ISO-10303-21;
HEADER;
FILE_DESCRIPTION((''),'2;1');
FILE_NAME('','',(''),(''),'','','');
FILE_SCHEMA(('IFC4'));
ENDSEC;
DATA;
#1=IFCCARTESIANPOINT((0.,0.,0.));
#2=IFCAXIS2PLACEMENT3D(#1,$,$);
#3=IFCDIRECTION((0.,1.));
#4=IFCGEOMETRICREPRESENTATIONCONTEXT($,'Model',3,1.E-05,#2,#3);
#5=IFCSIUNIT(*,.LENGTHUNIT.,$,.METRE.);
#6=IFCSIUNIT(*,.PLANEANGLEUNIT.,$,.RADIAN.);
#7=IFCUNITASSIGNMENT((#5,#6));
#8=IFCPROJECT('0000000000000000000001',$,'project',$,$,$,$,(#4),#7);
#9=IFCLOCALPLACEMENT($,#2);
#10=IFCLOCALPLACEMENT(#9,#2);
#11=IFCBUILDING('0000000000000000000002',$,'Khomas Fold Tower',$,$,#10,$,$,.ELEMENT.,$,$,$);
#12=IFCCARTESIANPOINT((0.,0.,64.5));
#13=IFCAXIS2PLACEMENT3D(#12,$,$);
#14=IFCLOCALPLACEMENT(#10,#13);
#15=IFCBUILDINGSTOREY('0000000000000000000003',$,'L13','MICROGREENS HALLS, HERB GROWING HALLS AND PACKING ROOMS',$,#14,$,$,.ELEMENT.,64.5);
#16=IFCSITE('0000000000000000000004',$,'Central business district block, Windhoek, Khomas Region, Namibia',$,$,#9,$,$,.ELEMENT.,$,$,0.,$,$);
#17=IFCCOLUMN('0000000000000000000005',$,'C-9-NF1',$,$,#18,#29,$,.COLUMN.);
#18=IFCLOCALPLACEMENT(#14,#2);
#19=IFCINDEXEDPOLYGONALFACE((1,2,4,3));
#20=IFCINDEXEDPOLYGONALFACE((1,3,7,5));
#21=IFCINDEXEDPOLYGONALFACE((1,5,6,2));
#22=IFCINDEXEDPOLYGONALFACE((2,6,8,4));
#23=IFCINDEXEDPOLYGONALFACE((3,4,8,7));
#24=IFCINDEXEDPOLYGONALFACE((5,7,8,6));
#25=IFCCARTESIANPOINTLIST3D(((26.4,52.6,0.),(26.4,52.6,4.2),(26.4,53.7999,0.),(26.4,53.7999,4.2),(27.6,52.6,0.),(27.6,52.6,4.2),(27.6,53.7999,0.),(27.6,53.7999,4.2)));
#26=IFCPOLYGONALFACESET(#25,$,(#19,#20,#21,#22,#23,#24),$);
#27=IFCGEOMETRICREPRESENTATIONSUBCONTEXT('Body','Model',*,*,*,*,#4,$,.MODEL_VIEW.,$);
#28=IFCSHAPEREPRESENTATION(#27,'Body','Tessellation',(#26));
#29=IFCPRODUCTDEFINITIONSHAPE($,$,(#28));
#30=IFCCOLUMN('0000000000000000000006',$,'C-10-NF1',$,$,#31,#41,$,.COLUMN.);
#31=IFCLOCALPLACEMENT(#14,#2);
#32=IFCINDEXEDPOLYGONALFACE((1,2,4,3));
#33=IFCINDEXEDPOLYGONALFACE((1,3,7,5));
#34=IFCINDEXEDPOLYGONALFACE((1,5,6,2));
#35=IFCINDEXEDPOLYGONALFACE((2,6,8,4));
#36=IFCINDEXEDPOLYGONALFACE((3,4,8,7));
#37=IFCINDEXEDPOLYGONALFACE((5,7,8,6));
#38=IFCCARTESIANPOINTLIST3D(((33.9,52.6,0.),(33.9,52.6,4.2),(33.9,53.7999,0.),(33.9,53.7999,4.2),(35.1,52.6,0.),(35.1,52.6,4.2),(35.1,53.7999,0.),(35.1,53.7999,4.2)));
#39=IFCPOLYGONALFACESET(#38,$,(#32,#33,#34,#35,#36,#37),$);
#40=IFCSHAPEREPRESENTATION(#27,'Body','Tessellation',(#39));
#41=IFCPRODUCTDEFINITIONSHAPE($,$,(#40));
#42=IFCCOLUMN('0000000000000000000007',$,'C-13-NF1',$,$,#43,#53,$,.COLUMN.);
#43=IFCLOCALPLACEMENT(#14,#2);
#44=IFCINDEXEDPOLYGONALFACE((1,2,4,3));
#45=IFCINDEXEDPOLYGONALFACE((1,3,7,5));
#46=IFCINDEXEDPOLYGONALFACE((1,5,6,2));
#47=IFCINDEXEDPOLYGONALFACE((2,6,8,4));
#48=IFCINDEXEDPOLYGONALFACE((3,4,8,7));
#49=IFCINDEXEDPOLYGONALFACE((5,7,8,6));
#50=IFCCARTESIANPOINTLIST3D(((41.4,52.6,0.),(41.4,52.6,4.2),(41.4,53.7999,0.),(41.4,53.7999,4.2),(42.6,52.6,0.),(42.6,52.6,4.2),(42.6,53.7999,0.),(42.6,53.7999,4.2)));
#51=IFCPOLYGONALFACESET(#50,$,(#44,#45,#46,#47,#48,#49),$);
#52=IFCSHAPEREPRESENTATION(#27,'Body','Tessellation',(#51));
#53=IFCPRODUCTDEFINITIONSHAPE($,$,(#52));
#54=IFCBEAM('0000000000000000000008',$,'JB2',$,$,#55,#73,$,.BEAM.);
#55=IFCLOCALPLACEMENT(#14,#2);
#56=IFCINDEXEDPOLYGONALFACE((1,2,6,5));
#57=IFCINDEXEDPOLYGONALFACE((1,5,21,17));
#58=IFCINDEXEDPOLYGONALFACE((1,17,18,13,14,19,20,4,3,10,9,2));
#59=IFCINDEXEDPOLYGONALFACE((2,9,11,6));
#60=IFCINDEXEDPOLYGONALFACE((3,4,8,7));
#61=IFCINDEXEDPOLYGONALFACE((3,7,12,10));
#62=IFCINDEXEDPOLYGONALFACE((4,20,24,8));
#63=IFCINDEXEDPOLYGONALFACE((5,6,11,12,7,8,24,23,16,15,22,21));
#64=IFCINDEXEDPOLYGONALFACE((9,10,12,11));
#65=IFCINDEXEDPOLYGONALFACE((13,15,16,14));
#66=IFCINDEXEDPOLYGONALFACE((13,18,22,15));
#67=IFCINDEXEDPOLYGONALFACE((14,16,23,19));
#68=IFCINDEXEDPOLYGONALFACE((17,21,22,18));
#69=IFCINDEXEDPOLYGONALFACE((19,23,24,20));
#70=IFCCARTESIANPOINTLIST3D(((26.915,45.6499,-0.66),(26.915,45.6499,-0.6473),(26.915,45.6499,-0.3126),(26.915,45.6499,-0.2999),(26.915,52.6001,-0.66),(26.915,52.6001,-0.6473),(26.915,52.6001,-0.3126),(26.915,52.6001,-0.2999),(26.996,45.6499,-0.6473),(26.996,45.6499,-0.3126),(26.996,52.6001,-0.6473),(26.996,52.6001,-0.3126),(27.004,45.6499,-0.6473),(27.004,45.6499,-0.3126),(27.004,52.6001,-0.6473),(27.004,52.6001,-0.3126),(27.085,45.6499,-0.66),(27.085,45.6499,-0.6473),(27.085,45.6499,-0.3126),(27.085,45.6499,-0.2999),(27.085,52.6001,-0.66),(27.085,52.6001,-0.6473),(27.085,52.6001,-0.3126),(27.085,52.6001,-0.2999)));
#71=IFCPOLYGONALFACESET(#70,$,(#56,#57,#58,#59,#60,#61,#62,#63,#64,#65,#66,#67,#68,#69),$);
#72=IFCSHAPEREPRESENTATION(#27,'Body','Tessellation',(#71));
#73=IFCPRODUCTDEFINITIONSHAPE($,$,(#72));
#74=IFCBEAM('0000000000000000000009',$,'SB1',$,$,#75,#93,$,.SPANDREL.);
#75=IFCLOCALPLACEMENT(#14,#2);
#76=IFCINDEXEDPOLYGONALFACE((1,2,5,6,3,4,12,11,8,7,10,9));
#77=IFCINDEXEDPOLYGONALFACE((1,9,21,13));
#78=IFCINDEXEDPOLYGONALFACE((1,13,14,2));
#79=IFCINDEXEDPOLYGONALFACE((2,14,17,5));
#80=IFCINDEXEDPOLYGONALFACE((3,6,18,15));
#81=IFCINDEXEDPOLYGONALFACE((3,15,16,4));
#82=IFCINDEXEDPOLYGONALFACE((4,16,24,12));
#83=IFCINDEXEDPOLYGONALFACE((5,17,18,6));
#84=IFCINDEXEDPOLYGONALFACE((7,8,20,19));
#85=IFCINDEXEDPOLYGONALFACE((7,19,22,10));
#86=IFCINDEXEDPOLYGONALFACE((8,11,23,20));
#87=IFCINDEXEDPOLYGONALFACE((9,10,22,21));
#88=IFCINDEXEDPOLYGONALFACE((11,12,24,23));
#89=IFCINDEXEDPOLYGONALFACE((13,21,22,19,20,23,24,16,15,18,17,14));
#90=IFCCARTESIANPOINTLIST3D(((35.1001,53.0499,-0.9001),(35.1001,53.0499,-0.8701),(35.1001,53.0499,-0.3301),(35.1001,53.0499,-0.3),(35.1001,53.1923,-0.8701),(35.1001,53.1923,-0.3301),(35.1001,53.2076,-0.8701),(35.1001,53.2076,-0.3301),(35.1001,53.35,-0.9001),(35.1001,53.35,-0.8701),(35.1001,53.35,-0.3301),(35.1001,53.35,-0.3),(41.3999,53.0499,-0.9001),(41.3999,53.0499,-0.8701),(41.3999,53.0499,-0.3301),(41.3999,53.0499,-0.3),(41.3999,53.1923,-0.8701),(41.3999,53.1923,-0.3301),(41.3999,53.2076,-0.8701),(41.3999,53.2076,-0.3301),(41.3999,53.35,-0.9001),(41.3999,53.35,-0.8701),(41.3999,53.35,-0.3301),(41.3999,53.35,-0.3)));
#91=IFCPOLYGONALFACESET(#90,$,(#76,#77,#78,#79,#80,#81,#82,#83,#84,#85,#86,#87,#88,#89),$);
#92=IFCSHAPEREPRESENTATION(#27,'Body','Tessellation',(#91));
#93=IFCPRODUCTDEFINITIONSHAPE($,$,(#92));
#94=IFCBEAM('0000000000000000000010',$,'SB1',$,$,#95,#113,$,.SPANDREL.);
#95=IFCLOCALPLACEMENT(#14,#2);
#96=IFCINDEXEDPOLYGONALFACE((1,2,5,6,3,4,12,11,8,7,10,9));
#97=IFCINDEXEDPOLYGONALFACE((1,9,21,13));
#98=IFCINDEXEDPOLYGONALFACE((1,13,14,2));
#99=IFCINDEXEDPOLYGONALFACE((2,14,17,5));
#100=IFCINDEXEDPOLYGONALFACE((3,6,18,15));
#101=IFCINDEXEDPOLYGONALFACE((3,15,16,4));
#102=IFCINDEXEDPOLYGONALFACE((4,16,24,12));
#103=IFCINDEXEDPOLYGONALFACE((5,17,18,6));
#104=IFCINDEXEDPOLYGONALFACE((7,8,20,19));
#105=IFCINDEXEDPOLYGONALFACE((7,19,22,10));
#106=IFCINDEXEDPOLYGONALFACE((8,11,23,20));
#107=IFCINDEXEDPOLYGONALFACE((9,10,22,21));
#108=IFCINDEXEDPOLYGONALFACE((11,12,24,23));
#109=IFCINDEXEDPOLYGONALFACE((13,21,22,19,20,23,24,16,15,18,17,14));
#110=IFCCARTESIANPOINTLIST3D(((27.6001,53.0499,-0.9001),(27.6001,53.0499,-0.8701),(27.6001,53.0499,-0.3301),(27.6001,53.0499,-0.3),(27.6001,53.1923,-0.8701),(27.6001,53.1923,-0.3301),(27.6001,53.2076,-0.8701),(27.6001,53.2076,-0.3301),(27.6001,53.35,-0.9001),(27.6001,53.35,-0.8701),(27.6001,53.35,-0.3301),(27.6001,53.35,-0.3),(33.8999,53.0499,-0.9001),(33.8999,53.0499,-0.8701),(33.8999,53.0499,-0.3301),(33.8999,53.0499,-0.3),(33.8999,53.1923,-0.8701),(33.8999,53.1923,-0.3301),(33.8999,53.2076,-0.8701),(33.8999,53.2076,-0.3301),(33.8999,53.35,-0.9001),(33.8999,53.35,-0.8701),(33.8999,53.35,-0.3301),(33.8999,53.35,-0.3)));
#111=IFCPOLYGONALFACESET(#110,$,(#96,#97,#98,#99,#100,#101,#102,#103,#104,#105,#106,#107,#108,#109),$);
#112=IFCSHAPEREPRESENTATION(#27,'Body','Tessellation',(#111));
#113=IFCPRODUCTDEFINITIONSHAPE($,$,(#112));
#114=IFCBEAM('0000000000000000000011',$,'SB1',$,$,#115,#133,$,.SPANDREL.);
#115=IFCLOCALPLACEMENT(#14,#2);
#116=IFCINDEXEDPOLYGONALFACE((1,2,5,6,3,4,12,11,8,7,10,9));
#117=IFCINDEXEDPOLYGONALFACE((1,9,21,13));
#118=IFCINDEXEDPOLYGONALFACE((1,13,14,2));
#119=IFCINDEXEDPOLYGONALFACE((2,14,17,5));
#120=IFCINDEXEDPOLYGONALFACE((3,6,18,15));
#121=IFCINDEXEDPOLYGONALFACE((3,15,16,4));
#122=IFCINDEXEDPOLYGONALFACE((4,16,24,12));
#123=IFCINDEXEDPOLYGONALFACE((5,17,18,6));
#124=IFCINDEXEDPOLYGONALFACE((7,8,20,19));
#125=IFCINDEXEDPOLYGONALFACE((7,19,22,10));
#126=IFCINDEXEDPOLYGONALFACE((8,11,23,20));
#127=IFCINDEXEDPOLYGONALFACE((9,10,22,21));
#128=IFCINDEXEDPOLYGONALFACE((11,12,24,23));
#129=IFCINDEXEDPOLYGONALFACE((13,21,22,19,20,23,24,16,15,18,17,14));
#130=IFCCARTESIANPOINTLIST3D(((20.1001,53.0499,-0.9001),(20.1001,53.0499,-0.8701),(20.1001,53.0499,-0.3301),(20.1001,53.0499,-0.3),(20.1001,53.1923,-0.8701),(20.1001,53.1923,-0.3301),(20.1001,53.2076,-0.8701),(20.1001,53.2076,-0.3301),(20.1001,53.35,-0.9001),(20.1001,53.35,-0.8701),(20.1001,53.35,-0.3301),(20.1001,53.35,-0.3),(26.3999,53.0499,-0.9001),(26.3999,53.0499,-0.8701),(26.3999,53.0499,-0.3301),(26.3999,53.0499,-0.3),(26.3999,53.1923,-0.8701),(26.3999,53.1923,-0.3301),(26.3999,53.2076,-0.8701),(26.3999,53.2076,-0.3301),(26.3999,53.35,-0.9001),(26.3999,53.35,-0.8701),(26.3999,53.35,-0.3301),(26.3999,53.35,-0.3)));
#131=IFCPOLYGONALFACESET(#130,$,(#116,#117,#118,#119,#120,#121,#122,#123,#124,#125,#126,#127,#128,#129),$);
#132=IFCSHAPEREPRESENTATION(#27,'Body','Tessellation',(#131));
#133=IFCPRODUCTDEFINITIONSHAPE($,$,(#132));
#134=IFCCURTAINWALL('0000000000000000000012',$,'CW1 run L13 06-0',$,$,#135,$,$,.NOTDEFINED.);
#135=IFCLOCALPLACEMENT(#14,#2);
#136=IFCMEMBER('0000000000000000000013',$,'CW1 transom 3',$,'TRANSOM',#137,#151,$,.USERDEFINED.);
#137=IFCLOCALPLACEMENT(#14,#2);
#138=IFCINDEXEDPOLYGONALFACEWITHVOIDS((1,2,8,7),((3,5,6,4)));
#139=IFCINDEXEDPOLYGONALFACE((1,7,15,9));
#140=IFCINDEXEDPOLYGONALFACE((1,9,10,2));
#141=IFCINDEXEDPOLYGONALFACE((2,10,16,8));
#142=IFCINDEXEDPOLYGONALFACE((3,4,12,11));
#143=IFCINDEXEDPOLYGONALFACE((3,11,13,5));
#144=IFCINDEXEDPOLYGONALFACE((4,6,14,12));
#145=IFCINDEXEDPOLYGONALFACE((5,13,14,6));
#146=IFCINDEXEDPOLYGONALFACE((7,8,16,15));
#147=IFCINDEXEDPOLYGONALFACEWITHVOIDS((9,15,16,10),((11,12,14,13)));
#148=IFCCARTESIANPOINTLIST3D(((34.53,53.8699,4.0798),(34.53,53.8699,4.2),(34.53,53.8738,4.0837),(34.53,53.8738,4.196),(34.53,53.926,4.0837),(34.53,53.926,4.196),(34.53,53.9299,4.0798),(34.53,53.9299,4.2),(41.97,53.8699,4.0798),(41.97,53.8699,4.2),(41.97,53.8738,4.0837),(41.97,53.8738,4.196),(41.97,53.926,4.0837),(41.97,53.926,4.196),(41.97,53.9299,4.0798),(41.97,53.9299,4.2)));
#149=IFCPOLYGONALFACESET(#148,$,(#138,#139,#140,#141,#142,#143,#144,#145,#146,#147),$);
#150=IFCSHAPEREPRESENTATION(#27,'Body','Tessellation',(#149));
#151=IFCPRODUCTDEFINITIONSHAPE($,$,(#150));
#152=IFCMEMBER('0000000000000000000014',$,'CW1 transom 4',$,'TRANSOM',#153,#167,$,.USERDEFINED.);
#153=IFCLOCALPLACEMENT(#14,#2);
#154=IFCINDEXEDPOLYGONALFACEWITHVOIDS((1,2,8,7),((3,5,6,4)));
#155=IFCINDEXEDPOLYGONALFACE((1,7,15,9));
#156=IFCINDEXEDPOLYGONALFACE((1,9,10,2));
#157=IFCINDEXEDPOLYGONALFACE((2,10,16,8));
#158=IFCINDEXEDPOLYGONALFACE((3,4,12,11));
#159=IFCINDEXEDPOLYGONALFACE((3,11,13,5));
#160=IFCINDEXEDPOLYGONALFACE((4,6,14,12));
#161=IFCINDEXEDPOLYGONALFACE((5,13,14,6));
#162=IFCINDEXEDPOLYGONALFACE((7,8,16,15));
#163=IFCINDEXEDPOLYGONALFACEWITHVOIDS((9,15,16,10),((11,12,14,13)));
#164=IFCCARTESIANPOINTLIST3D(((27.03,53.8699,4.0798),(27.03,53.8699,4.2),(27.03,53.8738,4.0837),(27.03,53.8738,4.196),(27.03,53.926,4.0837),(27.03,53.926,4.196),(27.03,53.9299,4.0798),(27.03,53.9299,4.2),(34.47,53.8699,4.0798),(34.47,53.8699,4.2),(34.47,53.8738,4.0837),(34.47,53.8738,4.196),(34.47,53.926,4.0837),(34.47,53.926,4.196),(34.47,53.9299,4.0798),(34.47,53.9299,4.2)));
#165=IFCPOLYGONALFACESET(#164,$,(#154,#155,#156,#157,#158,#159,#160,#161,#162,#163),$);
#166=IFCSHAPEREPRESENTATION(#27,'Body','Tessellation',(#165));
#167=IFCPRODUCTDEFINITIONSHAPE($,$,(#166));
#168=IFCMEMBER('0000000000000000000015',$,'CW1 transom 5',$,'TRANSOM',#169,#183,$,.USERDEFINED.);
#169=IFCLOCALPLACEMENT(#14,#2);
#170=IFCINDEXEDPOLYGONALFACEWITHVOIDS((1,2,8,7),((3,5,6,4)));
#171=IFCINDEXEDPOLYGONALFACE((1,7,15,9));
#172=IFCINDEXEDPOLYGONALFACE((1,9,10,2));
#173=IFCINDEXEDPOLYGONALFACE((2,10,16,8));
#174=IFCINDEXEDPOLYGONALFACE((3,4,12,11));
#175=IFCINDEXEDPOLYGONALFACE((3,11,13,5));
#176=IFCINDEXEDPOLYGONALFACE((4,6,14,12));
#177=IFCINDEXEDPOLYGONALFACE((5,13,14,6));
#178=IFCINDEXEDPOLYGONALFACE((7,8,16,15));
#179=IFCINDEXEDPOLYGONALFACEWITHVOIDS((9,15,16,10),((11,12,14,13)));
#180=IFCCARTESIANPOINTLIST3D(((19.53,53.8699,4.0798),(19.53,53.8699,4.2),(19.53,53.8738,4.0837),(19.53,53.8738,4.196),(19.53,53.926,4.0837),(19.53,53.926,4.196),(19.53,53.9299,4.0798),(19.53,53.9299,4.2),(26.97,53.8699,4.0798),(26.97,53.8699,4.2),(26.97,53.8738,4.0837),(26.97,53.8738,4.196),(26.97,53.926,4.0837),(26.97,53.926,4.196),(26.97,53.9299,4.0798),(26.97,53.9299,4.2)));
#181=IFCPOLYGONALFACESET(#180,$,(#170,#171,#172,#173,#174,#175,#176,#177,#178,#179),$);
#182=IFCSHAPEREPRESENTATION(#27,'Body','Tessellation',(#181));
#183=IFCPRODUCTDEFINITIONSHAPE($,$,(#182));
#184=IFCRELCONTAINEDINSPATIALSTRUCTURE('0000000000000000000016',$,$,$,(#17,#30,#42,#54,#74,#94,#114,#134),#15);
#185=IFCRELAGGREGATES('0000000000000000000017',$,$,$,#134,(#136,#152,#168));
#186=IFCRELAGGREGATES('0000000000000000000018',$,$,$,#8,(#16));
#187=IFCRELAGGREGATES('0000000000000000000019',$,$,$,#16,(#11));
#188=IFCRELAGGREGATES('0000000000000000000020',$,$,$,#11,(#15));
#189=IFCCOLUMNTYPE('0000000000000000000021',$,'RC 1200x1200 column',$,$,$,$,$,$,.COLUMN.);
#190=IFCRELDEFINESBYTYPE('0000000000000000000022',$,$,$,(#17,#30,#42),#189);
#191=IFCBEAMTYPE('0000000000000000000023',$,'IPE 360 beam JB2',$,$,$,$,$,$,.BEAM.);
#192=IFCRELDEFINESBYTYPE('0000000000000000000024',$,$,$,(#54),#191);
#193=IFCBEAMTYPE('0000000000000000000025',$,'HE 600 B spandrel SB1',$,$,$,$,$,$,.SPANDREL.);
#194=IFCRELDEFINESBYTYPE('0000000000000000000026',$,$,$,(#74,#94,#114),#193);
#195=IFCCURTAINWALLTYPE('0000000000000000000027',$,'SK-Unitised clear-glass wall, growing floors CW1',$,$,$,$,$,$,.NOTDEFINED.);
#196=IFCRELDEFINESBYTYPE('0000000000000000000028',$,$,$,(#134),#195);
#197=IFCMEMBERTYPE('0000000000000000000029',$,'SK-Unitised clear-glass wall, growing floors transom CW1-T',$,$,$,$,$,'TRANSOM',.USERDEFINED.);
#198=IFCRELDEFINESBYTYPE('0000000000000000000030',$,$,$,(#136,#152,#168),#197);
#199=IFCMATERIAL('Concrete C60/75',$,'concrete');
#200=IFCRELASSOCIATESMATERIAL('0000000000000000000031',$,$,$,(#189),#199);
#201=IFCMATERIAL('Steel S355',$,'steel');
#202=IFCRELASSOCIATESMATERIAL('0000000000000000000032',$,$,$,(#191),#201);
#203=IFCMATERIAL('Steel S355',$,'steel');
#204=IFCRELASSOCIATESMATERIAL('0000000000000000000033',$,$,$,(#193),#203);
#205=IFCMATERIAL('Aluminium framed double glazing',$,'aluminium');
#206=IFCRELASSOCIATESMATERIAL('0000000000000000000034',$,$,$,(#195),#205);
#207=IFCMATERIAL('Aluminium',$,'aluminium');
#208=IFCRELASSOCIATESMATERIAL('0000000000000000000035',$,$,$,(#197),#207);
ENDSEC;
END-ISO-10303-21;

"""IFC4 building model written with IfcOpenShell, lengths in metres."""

from ifc_helpers import new_model, si_unit, direction, frame, origin, origin_2d, place, context, subcontext, project, spatial, rectangle, hollow_rectangle, i_section, extrude, source, transform, mapped, material, material_profile, profile_set, type_object, element, aggregate, save


model = new_model("IFC4")

# Units and contexts
model_context = context("Model", 3, precision=1e-05, world=origin(), true_north=direction((0.0, 1.0)))
body_context = subcontext(model_context, "Body", "Model", "MODEL_VIEW")
ifc_project = project(units=[si_unit("LENGTHUNIT", "METRE"), si_unit("PLANEANGLEUNIT", "RADIAN")], contexts=[model_context])

# Site, building, storey
site_placement = place(None, origin())
site = spatial("IfcSite", under=ifc_project, at=site_placement, Name="Central business district block, Windhoek, Khomas Region, Namibia", CompositionType="ELEMENT", RefElevation=0.0)
building_placement = place(site_placement, origin())
building = spatial("IfcBuilding", under=site, at=building_placement, Name="Khomas Fold Tower", CompositionType="ELEMENT")
storey_placement = place(building_placement, frame((0.0, 0.0, 64.5)))
storey = spatial("IfcBuildingStorey", under=building, at=storey_placement, Name="L13", Description="MICROGREENS HALLS, HERB GROWING HALLS AND PACKING ROOMS", CompositionType="ELEMENT", Elevation=64.5)

# Columns
ifc_material_1 = material(Name="Concrete C60/75", Category="concrete")
ifc_material_profile_1 = material_profile(ifc_material_1, rectangle(XDim=1.2, YDim=1.2, at=origin_2d()), Name="RC 1200x1200")
ifc_profile_set_1 = profile_set([ifc_material_profile_1], Name="Concrete C60/75")
column_type = type_object("IfcColumnType", Name="RC 1200x1200 column", PredefinedType="COLUMN", material=ifc_profile_set_1)
shared_shape_1 = source(origin(), body_context, "Body", "SweptSolid", [
    extrude(rectangle(XDim=1.2, YDim=1.2, at=origin_2d()), origin(), (0.0, 0.0, 1.0), 4.2),
])
for number, where, z_axis, x_axis, name in (
    (1, (27.0, 53.2, 0.0), (0.0, 0.0, 1.0), (1.0, 0.0, 0.0), "C-9-NF1"),
    (2, (34.5, 53.2, 0.0), (0.0, 0.0, 1.0), (1.0, 0.0, 0.0), "C-10-NF1"),
    (3, (42.0, 53.2, 0.0), (0.0, 0.0, 1.0), (1.0, 0.0, 0.0), "C-13-NF1"),
):
    element("IfcColumn", number, at=place(storey_placement, frame(where, z_axis=z_axis, x_axis=x_axis)), inside=storey, type_object=column_type, Name=name, PredefinedType="COLUMN", context=body_context, shape_type="MappedRepresentation", body=[
        mapped(shared_shape_1, transform((0.0, 0.0, 0.0))),
    ])

# Beams
ifc_material_2 = material(Name="Steel S355", Category="steel")
ifc_material_profile_2 = material_profile(ifc_material_2, i_section(OverallWidth=0.1699, OverallDepth=0.3601, WebThickness=0.0081, FlangeThickness=0.0127, at=origin_2d()), Name="IPE 360")
ifc_profile_set_2 = profile_set([ifc_material_profile_2], Name="Steel S355")
beam_type_1 = type_object("IfcBeamType", Name="IPE 360 beam JB2", PredefinedType="BEAM", material=ifc_profile_set_2)
shared_shape_2 = source(origin(), body_context, "Body", "SweptSolid", [
    extrude(i_section(OverallWidth=0.1699, OverallDepth=0.3601, WebThickness=0.0081, FlangeThickness=0.0127, at=origin_2d()), origin(), (0.0, 0.0, 1.0), 6.9502),
])
beam_placement = place(storey_placement, frame((27.0, 45.6499, -0.48), z_axis=(0.0, 1.0, 0.0), x_axis=(-1.0, 0.0, 0.0)))
element("IfcBeam", 4, at=beam_placement, inside=storey, type_object=beam_type_1, Name="JB2", PredefinedType="BEAM", context=body_context, shape_type="MappedRepresentation", body=[
    mapped(shared_shape_2, transform((0.0, 0.0, 0.0))),
])
ifc_material_3 = material(Name="Steel S355", Category="steel")
ifc_material_profile_3 = material_profile(ifc_material_3, i_section(OverallWidth=0.3, OverallDepth=0.6001, WebThickness=0.0154, FlangeThickness=0.03, at=origin_2d()), Name="HE 600 B")
ifc_profile_set_3 = profile_set([ifc_material_profile_3], Name="Steel S355")
beam_type_2 = type_object("IfcBeamType", Name="HE 600 B spandrel SB1", PredefinedType="SPANDREL", material=ifc_profile_set_3)
shared_shape_3 = source(origin(), body_context, "Body", "SweptSolid", [
    extrude(i_section(OverallWidth=0.3, OverallDepth=0.6001, WebThickness=0.0154, FlangeThickness=0.03, at=origin_2d()), origin(), (0.0, 0.0, 1.0), 6.2998),
])
for number, where, z_axis, x_axis, name in (
    (5, (35.1001, 53.2, -0.6001), (1.0, 0.0, 0.0), (0.0, 1.0, 0.0), "SB1"),
    (6, (27.6001, 53.2, -0.6001), (1.0, 0.0, 0.0), (0.0, 1.0, 0.0), "SB1"),
    (7, (20.1001, 53.2, -0.6001), (1.0, 0.0, 0.0), (0.0, 1.0, 0.0), "SB1"),
):
    element("IfcBeam", number, at=place(storey_placement, frame(where, z_axis=z_axis, x_axis=x_axis)), inside=storey, type_object=beam_type_2, Name=name, PredefinedType="SPANDREL", context=body_context, shape_type="MappedRepresentation", body=[
        mapped(shared_shape_3, transform((0.0, 0.0, 0.0))),
    ])

# Curtain wall, members
ifc_material_4 = material(Name="Aluminium framed double glazing", Category="aluminium")
curtain_wall_type = type_object("IfcCurtainWallType", Name="SK-Unitised clear-glass wall, growing floors CW1", PredefinedType="NOTDEFINED", material=ifc_material_4)
curtain_wall_placement = place(storey_placement, origin())
curtain_wall = element("IfcCurtainWall", 8, at=curtain_wall_placement, inside=storey, type_object=curtain_wall_type, Name="CW1 run L13 06-0", PredefinedType="NOTDEFINED")
ifc_material_5 = material(Name="Aluminium", Category="aluminium")
ifc_material_profile_4 = material_profile(ifc_material_5, hollow_rectangle(XDim=0.0601, YDim=0.1201, WallThickness=0.0039, at=origin_2d()), Name="SK-Unitised clear-glass wall, growing floors transom CW1-T")
ifc_profile_set_4 = profile_set([ifc_material_profile_4], Name="Aluminium")
member_type_1 = type_object("IfcMemberType", Name="SK-Unitised clear-glass wall, growing floors transom CW1-T", ElementType="TRANSOM", PredefinedType="USERDEFINED", material=ifc_profile_set_4)
shared_shape_4 = source(origin(), body_context, "Body", "SweptSolid", [
    extrude(hollow_rectangle(XDim=0.0601, YDim=0.1201, WallThickness=0.0039, at=origin_2d()), origin(), (0.0, 0.0, 1.0), 7.4399),
])
member_1_placement = place(storey_placement, frame((41.97, 53.8999, 4.1399), z_axis=(-1.0, 0.0, 0.0), x_axis=(0.0, -1.0, 0.0)))
member_1 = element("IfcMember", 9, at=member_1_placement, type_object=member_type_1, Name="CW1 transom 3", ObjectType="TRANSOM", PredefinedType="USERDEFINED", context=body_context, shape_type="MappedRepresentation", body=[
    mapped(shared_shape_4, transform((0.0, 0.0, 0.0))),
])
member_2_placement = place(storey_placement, frame((34.47, 53.8999, 4.1399), z_axis=(-1.0, 0.0, 0.0), x_axis=(0.0, -1.0, 0.0)))
member_2 = element("IfcMember", 10, at=member_2_placement, type_object=member_type_1, Name="CW1 transom 4", ObjectType="TRANSOM", PredefinedType="USERDEFINED", context=body_context, shape_type="MappedRepresentation", body=[
    mapped(shared_shape_4, transform((0.0, 0.0, 0.0))),
])
member_3_placement = place(storey_placement, frame((26.97, 53.8999, 4.1399), z_axis=(-1.0, 0.0, 0.0), x_axis=(0.0, -1.0, 0.0)))
member_3 = element("IfcMember", 11, at=member_3_placement, type_object=member_type_1, Name="CW1 transom 5", ObjectType="TRANSOM", PredefinedType="USERDEFINED", context=body_context, shape_type="MappedRepresentation", body=[
    mapped(shared_shape_4, transform((0.0, 0.0, 0.0))),
])
aggregate(curtain_wall, [member_1, member_2, member_3])

save(model, "model.ifc")
